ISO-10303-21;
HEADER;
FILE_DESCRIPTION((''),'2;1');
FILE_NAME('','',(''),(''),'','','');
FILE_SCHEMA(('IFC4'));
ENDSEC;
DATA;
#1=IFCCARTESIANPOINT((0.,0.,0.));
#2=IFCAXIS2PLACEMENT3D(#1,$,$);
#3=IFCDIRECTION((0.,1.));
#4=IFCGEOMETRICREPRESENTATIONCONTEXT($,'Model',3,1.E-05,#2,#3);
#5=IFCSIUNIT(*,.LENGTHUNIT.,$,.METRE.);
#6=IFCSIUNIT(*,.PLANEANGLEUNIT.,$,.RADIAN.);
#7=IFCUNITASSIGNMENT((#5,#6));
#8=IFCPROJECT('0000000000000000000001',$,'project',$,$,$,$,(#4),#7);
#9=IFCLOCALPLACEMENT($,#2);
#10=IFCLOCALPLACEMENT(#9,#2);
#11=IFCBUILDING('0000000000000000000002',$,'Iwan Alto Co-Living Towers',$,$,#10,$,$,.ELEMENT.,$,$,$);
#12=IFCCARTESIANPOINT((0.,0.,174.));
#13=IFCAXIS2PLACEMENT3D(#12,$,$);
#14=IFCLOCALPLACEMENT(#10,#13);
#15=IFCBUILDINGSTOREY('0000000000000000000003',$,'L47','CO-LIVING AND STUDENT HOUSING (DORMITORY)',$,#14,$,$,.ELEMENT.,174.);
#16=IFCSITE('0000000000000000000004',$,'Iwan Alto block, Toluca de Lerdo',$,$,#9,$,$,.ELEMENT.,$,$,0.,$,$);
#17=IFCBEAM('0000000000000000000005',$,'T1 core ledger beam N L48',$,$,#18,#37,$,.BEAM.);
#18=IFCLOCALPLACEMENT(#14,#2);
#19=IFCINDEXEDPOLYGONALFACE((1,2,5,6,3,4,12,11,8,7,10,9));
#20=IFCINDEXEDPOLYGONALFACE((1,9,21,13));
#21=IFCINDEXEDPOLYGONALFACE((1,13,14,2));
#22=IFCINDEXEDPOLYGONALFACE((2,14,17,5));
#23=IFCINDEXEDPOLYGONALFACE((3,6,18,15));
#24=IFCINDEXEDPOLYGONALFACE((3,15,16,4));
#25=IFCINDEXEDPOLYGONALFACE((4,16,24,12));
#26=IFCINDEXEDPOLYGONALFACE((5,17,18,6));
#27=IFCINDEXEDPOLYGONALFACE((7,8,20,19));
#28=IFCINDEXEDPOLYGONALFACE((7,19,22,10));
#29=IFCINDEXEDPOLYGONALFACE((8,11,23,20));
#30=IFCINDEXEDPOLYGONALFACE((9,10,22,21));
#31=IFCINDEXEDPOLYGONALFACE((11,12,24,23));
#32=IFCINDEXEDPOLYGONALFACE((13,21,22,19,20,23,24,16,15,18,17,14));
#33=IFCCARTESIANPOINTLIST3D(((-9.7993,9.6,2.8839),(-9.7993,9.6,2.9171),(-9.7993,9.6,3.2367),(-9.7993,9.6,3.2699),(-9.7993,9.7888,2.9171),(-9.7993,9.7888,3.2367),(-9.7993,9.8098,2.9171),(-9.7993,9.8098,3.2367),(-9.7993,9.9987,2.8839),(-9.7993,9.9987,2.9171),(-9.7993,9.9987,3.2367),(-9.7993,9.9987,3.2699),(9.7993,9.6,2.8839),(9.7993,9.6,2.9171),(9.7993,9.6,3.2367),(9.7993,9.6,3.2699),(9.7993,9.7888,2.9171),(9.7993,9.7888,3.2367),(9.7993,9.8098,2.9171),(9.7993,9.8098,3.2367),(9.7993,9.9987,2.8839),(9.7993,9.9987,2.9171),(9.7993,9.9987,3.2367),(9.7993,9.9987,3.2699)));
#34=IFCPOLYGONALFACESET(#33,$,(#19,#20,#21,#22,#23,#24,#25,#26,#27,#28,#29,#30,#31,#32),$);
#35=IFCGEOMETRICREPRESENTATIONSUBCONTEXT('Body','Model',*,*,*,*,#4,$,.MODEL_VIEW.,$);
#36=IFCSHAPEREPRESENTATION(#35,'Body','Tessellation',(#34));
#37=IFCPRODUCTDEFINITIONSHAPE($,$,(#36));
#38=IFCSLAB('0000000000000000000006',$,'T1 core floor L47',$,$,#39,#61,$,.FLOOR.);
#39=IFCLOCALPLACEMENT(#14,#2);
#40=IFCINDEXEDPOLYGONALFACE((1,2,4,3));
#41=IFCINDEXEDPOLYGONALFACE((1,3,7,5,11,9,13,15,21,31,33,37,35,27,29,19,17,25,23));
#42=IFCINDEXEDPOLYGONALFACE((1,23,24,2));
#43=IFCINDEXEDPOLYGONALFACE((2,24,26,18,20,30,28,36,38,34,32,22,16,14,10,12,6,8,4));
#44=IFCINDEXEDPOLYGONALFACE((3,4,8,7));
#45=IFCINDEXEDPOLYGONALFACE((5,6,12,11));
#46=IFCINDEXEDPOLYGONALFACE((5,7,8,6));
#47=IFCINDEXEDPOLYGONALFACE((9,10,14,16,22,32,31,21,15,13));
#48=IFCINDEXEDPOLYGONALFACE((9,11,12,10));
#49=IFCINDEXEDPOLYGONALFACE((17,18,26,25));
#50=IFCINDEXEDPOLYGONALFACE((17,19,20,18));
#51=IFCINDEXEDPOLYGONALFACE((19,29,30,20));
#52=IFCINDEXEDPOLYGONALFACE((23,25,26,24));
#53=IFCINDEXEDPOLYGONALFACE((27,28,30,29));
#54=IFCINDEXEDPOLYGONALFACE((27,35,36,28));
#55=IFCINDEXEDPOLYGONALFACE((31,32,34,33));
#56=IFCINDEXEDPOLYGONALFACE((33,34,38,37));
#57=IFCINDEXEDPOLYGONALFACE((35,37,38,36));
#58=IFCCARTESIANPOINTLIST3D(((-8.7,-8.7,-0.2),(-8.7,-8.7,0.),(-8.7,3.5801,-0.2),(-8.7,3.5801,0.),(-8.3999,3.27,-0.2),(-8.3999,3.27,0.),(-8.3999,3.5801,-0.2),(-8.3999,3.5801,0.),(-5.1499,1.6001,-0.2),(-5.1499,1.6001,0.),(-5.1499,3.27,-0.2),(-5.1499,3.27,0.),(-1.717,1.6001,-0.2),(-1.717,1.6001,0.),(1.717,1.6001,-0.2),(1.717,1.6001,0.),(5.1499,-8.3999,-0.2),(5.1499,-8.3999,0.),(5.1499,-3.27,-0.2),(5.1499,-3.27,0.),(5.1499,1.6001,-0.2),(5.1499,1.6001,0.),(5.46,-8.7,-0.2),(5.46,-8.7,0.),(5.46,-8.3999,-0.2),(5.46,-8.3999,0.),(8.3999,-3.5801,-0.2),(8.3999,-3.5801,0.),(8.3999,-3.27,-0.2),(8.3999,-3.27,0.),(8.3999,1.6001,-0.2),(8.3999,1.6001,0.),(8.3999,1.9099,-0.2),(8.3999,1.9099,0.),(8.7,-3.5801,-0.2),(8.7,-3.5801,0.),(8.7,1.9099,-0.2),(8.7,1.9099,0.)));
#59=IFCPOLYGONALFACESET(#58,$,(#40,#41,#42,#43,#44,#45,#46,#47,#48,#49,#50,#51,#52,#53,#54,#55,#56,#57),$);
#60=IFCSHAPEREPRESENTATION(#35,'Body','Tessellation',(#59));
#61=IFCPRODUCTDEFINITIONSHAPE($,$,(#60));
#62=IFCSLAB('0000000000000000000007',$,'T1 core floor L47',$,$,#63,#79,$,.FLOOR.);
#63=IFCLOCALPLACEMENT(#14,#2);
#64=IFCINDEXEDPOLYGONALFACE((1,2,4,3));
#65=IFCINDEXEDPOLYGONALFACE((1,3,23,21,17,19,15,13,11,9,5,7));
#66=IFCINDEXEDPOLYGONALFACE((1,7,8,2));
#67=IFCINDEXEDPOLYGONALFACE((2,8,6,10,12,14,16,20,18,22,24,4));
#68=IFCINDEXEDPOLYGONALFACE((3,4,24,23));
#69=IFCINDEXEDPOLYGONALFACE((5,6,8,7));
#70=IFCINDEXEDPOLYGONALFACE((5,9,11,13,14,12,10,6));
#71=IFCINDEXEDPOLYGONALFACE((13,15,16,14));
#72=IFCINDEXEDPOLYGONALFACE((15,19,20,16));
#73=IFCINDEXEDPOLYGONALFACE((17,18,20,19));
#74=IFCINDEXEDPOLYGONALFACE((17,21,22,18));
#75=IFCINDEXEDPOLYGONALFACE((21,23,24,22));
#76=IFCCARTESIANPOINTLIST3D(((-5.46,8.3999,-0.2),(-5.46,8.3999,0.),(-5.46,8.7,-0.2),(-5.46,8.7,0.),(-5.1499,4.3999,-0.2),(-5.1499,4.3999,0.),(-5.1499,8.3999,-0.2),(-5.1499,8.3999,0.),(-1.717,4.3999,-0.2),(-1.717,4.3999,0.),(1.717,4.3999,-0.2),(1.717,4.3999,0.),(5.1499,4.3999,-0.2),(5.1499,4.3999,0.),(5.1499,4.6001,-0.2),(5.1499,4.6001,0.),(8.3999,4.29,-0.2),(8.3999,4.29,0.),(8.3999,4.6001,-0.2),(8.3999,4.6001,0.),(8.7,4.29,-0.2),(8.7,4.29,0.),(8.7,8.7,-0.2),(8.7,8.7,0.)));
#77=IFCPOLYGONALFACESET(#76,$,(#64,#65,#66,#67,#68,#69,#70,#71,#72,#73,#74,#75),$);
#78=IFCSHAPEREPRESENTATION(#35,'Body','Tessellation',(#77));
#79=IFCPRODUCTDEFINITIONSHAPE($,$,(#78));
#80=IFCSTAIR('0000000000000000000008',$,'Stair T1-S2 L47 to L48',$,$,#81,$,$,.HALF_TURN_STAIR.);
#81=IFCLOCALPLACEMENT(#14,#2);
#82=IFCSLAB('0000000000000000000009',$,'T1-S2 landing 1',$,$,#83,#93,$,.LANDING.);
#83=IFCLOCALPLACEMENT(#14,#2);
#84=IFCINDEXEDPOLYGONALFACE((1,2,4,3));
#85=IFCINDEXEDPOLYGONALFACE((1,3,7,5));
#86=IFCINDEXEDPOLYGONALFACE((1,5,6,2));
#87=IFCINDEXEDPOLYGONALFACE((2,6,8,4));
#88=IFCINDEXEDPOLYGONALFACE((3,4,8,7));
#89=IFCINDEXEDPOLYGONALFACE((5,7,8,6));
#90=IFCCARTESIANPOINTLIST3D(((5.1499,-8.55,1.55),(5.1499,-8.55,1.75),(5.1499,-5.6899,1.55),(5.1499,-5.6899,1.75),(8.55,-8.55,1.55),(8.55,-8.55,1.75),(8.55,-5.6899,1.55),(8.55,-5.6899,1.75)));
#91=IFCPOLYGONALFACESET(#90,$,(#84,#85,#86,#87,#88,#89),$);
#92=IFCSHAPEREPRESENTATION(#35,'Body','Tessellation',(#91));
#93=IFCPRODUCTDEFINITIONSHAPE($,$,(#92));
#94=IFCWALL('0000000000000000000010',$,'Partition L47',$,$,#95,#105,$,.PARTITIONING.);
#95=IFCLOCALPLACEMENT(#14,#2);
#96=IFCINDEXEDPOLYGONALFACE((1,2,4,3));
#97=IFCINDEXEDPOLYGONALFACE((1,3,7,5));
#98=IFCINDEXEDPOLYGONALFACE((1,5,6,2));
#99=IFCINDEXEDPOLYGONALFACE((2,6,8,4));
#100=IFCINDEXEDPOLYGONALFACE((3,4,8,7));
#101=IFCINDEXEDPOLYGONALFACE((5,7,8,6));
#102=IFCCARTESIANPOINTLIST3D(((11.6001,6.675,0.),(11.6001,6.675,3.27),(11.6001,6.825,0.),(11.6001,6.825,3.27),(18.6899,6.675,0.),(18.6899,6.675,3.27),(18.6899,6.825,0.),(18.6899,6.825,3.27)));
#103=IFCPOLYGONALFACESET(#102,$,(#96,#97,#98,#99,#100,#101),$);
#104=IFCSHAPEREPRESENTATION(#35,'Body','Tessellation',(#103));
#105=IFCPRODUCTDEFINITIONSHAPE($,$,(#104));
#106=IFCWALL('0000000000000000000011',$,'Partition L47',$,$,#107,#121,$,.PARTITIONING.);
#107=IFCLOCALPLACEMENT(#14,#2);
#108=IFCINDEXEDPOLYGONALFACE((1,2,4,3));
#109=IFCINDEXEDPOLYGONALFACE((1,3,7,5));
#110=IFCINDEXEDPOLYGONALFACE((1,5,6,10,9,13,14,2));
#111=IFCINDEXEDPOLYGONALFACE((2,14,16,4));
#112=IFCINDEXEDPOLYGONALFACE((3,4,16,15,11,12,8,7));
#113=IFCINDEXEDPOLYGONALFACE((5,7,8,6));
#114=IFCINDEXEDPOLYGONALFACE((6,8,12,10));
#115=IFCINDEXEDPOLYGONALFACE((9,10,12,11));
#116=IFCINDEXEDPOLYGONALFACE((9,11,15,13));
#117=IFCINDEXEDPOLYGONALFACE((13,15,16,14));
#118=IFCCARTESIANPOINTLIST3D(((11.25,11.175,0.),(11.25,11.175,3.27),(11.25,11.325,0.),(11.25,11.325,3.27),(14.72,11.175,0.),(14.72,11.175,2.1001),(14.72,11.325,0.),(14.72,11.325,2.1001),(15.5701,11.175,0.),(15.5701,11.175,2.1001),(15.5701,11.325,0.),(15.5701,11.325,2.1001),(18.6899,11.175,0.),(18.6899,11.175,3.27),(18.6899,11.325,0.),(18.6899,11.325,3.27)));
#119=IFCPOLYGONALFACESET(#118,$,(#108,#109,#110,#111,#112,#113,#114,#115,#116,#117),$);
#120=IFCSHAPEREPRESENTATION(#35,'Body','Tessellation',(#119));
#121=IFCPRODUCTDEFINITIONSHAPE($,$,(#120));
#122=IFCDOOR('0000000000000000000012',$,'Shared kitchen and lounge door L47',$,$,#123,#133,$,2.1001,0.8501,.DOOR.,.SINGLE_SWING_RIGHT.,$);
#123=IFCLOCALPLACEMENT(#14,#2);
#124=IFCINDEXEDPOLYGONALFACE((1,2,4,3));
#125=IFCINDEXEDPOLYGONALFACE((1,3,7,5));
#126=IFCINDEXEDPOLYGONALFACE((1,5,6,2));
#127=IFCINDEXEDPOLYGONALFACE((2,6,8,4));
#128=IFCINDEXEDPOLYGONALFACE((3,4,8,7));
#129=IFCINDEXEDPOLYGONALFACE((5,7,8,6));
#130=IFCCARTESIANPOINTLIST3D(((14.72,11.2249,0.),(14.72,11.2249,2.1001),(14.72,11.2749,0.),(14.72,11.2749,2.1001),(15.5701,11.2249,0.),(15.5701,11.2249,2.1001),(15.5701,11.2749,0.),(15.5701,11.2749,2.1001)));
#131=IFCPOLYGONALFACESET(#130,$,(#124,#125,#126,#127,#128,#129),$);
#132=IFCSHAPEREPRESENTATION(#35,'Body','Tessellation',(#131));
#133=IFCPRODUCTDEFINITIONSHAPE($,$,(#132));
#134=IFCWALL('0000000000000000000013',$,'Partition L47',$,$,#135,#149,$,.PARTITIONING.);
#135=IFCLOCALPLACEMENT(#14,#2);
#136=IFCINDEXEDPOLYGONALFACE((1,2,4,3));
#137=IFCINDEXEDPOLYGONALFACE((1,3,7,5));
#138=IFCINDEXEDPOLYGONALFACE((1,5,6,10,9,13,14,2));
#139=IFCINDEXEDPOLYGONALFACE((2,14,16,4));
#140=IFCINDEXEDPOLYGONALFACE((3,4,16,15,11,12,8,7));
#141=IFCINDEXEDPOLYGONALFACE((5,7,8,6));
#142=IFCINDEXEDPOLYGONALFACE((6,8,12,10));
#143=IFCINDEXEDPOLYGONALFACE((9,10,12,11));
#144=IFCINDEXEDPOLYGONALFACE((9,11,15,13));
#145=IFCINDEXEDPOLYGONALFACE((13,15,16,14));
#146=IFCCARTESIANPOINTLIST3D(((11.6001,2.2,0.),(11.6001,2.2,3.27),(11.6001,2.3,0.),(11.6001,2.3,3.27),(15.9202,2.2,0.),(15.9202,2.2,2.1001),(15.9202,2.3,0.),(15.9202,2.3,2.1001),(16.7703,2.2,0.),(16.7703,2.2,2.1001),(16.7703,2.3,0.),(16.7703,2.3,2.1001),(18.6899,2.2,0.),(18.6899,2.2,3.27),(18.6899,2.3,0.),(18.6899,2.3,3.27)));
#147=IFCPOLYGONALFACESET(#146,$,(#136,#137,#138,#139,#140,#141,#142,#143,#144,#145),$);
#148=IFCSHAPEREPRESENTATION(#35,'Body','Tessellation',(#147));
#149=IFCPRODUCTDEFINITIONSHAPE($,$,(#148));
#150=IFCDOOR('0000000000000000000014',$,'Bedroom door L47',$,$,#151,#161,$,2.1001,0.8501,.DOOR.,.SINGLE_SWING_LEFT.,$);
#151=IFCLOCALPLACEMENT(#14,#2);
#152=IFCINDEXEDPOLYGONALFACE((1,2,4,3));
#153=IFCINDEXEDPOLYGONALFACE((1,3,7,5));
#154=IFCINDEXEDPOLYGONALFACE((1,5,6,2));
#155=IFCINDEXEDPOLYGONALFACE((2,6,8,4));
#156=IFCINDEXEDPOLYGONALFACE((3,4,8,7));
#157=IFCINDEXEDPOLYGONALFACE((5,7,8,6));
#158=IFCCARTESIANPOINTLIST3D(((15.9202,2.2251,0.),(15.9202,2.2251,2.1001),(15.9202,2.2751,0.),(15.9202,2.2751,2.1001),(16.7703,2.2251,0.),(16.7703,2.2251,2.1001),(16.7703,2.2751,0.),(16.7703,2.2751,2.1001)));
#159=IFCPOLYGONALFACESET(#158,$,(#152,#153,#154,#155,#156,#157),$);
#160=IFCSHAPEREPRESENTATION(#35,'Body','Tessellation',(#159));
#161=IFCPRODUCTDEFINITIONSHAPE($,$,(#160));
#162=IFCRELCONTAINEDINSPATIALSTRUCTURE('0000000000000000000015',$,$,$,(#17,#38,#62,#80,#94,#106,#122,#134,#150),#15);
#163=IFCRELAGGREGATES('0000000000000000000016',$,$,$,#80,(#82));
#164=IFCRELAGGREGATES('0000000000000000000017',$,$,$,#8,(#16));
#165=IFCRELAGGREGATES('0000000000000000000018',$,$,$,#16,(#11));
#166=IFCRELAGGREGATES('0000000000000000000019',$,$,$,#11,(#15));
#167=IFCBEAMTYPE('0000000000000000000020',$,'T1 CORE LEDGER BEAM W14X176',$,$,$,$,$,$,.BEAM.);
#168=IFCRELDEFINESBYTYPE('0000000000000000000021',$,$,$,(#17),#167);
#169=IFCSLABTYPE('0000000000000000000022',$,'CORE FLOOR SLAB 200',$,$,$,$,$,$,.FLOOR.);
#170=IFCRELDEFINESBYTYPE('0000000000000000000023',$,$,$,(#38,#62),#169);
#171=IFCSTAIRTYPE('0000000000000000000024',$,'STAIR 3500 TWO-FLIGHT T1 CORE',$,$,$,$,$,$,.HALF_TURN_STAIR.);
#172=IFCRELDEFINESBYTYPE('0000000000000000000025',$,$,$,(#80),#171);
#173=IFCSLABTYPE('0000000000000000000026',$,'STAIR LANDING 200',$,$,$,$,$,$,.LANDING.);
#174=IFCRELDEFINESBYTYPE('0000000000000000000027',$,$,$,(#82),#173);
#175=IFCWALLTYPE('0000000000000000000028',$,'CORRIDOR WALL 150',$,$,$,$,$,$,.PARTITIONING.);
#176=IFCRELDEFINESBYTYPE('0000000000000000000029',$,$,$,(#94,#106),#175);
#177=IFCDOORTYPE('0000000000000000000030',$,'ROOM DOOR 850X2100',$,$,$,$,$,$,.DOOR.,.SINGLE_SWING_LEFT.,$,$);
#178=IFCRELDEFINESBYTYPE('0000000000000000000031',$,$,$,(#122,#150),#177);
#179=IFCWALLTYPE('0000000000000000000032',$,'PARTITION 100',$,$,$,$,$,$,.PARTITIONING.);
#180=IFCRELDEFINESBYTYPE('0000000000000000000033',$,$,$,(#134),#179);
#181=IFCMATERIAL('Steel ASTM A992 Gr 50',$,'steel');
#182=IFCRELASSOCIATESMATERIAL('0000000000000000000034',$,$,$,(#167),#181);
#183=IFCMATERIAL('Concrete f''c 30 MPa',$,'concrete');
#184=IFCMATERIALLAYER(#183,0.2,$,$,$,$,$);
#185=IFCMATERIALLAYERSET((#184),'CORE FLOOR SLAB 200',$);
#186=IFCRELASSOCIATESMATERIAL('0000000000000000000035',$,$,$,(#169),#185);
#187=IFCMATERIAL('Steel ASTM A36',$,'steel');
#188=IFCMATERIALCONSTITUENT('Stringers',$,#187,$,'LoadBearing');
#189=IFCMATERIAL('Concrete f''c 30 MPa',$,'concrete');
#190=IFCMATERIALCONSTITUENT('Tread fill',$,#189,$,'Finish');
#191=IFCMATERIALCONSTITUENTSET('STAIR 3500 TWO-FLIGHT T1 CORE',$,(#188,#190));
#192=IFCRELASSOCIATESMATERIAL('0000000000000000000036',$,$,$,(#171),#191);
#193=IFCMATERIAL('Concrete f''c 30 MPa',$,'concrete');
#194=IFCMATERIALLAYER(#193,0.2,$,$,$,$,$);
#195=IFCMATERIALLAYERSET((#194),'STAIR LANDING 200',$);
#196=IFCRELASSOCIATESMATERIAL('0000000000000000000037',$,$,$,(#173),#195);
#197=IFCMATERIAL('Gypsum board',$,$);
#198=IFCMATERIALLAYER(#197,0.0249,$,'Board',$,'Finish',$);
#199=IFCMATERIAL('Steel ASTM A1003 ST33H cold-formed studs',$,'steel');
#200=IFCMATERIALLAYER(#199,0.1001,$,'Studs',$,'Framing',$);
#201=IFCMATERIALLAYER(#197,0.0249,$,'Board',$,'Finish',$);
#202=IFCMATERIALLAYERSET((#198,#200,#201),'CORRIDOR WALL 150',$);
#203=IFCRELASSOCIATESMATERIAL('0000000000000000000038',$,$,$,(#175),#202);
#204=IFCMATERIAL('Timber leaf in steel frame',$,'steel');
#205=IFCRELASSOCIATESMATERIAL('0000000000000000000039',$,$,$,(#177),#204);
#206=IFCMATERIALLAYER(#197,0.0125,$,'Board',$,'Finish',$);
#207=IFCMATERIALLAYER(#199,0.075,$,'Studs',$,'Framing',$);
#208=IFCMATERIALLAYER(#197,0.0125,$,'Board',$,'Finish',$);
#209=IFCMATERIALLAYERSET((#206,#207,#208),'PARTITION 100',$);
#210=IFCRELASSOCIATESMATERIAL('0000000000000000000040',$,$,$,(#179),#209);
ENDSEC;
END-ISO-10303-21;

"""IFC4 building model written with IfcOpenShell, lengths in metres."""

from ifc_helpers import new_model, si_unit, direction, frame, frame_2d, origin, origin_2d, place, context, subcontext, project, spatial, polyline, rectangle, i_section, outline, extrude, material, layer, layer_set, constituent, constituent_set, material_profile, profile_set, type_object, element, fill, aggregate, save


model = new_model("IFC4")

# Units and contexts
model_context = context("Model", 3, precision=1e-05, world=origin(), true_north=direction((0.0, 1.0)))
body_context = subcontext(model_context, "Body", "Model", "MODEL_VIEW")
ifc_project = project(units=[si_unit("LENGTHUNIT", "METRE"), si_unit("PLANEANGLEUNIT", "RADIAN")], contexts=[model_context])

# Site, building, storey
site_placement = place(None, origin())
site = spatial("IfcSite", under=ifc_project, at=site_placement, Name="Iwan Alto block, Toluca de Lerdo", CompositionType="ELEMENT", RefElevation=0.0)
building_placement = place(site_placement, origin())
building = spatial("IfcBuilding", under=site, at=building_placement, Name="Iwan Alto Co-Living Towers", CompositionType="ELEMENT")
storey_placement = place(building_placement, frame((0.0, 0.0, 174.0)))
storey = spatial("IfcBuildingStorey", under=building, at=storey_placement, Name="L47", Description="CO-LIVING AND STUDENT HOUSING (DORMITORY)", CompositionType="ELEMENT", Elevation=174.0)

# Beam
ifc_material_1 = material(Name="Steel ASTM A992 Gr 50", Category="steel")
ifc_material_profile = material_profile(ifc_material_1, i_section(OverallWidth=0.3987, OverallDepth=0.386, WebThickness=0.021, FlangeThickness=0.0332, at=origin_2d()), Name="W14X176")
ifc_profile_set = profile_set([ifc_material_profile], Name="Steel ASTM A992 Gr 50")
beam_type = type_object("IfcBeamType", Name="T1 CORE LEDGER BEAM W14X176", PredefinedType="BEAM", material=ifc_profile_set)
beam_placement = place(storey_placement, frame((9.7993, 9.7993, 3.0769), z_axis=(-1.0, 0.0, 0.0), x_axis=(0.0, -1.0, 0.0)))
element("IfcBeam", 1, at=beam_placement, inside=storey, type_object=beam_type, Name="T1 core ledger beam N L48", PredefinedType="BEAM", context=body_context, shape_type="SweptSolid", body=[
    extrude(i_section(OverallWidth=0.3987, OverallDepth=0.386, WebThickness=0.021, FlangeThickness=0.0332, at=origin_2d()), origin(), (0.0, 0.0, 1.0), 19.5986),
])

# Slabs
ifc_material_2 = material(Name="Concrete f'c 30 MPa", Category="concrete")
ifc_layer_1 = layer(ifc_material_2, 0.2)
ifc_layer_set_1 = layer_set([ifc_layer_1], Name="CORE FLOOR SLAB 200")
slab_type_1 = type_object("IfcSlabType", Name="CORE FLOOR SLAB 200", PredefinedType="FLOOR", material=ifc_layer_set_1)
slab_1_placement = place(storey_placement, frame((0.0, 0.0, -0.2)))
element("IfcSlab", 2, at=slab_1_placement, inside=storey, type_object=slab_type_1, Name="T1 core floor L47", PredefinedType="FLOOR", context=body_context, shape_type="SweptSolid", body=[
    extrude(outline(polyline([(5.1499, -8.3999), (5.46, -8.3999), (5.46, -8.7), (-8.7, -8.7), (-8.7, 3.5801), (-8.3999, 3.5801), (-8.3999, 3.27), (-5.1499, 3.27), (-5.1499, 1.6001), (-1.717, 1.6001), (1.717, 1.6001), (5.1499, 1.6001), (8.3999, 1.6001), (8.3999, 1.9099), (8.7, 1.9099), (8.7, -3.5801), (8.3999, -3.5801), (8.3999, -3.27), (5.1499, -3.27), (5.1499, -8.3999)])), origin(), (0.0, 0.0, 1.0), 0.2),
])
slab_2_placement = place(storey_placement, frame((0.0, 0.0, -0.2)))
element("IfcSlab", 3, at=slab_2_placement, inside=storey, type_object=slab_type_1, Name="T1 core floor L47", PredefinedType="FLOOR", context=body_context, shape_type="SweptSolid", body=[
    extrude(outline(polyline([(1.717, 4.3999), (-1.717, 4.3999), (-5.1499, 4.3999), (-5.1499, 8.3999), (-5.46, 8.3999), (-5.46, 8.7), (8.7, 8.7), (8.7, 4.29), (8.3999, 4.29), (8.3999, 4.6001), (5.1499, 4.6001), (5.1499, 4.3999), (1.717, 4.3999)])), origin(), (0.0, 0.0, 1.0), 0.2),
])

# Stair, slab
ifc_material_3 = material(Name="Steel ASTM A36", Category="steel")
ifc_constituent_1 = constituent(ifc_material_3, Name="Stringers", Category="LoadBearing")
ifc_material_4 = material(Name="Concrete f'c 30 MPa", Category="concrete")
ifc_constituent_2 = constituent(ifc_material_4, Name="Tread fill", Category="Finish")
ifc_constituent_set = constituent_set(constituents=[ifc_constituent_1, ifc_constituent_2], Name="STAIR 3500 TWO-FLIGHT T1 CORE")
stair_type = type_object("IfcStairType", Name="STAIR 3500 TWO-FLIGHT T1 CORE", PredefinedType="HALF_TURN_STAIR", material=ifc_constituent_set)
stair_placement = place(storey_placement, origin())
stair = element("IfcStair", 4, at=stair_placement, inside=storey, type_object=stair_type, Name="Stair T1-S2 L47 to L48", PredefinedType="HALF_TURN_STAIR")
ifc_material_5 = material(Name="Concrete f'c 30 MPa", Category="concrete")
ifc_layer_2 = layer(ifc_material_5, 0.2)
ifc_layer_set_2 = layer_set([ifc_layer_2], Name="STAIR LANDING 200")
slab_type_2 = type_object("IfcSlabType", Name="STAIR LANDING 200", PredefinedType="LANDING", material=ifc_layer_set_2)
slab_3_placement = place(storey_placement, frame((0.0, 0.0, 1.55)))
slab_3 = element("IfcSlab", 5, at=slab_3_placement, type_object=slab_type_2, Name="T1-S2 landing 1", PredefinedType="LANDING", context=body_context, shape_type="SweptSolid", body=[
    extrude(outline(polyline([(5.1499, -5.6899), (5.1499, -8.55), (8.55, -8.55), (8.55, -5.6899), (5.1499, -5.6899)])), origin(), (0.0, 0.0, 1.0), 0.2),
])
aggregate(stair, [slab_3])

# Wall
ifc_material_6 = material(Name="Gypsum board")
ifc_layer_3 = layer(ifc_material_6, 0.0249, Name="Board", Category="Finish")
ifc_material_7 = material(Name="Steel ASTM A1003 ST33H cold-formed studs", Category="steel")
ifc_layer_4 = layer(ifc_material_7, 0.1001, Name="Studs", Category="Framing")
ifc_layer_5 = layer(ifc_material_6, 0.0249, Name="Board", Category="Finish")
ifc_layer_set_3 = layer_set([ifc_layer_3, ifc_layer_4, ifc_layer_5], Name="CORRIDOR WALL 150")
wall_type_1 = type_object("IfcWallType", Name="CORRIDOR WALL 150", PredefinedType="PARTITIONING", material=ifc_layer_set_3)
wall_1_placement = place(storey_placement, frame((11.6001, 6.75, 0.0), z_axis=(0.0, 0.0, 1.0), x_axis=(1.0, 0.0, 0.0)))
element("IfcWall", 6, at=wall_1_placement, inside=storey, type_object=wall_type_1, Name="Partition L47", PredefinedType="PARTITIONING", context=body_context, shape_type="SweptSolid", body=[
    extrude(rectangle(XDim=7.0898, YDim=0.1499, at=frame_2d((3.5449, 0.0))), origin(), (0.0, 0.0, 1.0), 3.27),
])

# Walls, openings, doors
wall_2_placement = place(storey_placement, frame((11.25, 11.25, 0.0), z_axis=(0.0, 0.0, 1.0), x_axis=(1.0, 0.0, 0.0)))
wall_2 = element("IfcWall", 7, at=wall_2_placement, inside=storey, type_object=wall_type_1, Name="Partition L47", PredefinedType="PARTITIONING", context=body_context, shape_type="SweptSolid", body=[
    extrude(rectangle(XDim=7.4399, YDim=0.1499, at=frame_2d((3.72, 0.0))), origin(), (0.0, 0.0, 1.0), 3.27),
])
opening_1_placement = place(wall_2_placement, frame((3.47, 0.0, 0.0)))
opening_1 = element("IfcOpeningElement", 8, at=opening_1_placement, cuts=wall_2, PredefinedType="OPENING", context=body_context, shape_type="SweptSolid", body=[
    extrude(rectangle(XDim=0.8501, YDim=2.1001, at=frame_2d((0.425, 1.05))), frame((0.0, 0.085, 0.0), z_axis=(0.0, -1.0, 0.0), x_axis=(1.0, 0.0, 0.0)), (0.0, 0.0, 1.0), 0.1699),
])
ifc_material_8 = material(Name="Timber leaf in steel frame", Category="steel")
door_type_1 = type_object("IfcDoorType", Name="ROOM DOOR 850X2100", OperationType="SINGLE_SWING_LEFT", PredefinedType="DOOR", material=ifc_material_8)
door_1_placement = place(opening_1_placement, origin())
door_1 = element("IfcDoor", 9, at=door_1_placement, inside=storey, type_object=door_type_1, Name="Shared kitchen and lounge door L47", OperationType="SINGLE_SWING_RIGHT", OverallHeight=2.1001, OverallWidth=0.8501, PredefinedType="DOOR", context=body_context, shape_type="SweptSolid", body=[
    extrude(rectangle(XDim=0.8501, YDim=2.1001, at=frame_2d((0.425, 1.05))), frame((0.0, 0.0249, 0.0), z_axis=(0.0, -1.0, 0.0), x_axis=(1.0, 0.0, 0.0)), (0.0, 0.0, 1.0), 0.05),
])
fill(opening_1, door_1)
ifc_layer_6 = layer(ifc_material_6, 0.0125, Name="Board", Category="Finish")
ifc_layer_7 = layer(ifc_material_7, 0.075, Name="Studs", Category="Framing")
ifc_layer_8 = layer(ifc_material_6, 0.0125, Name="Board", Category="Finish")
ifc_layer_set_4 = layer_set([ifc_layer_6, ifc_layer_7, ifc_layer_8], Name="PARTITION 100")
wall_type_2 = type_object("IfcWallType", Name="PARTITION 100", PredefinedType="PARTITIONING", material=ifc_layer_set_4)
wall_3_placement = place(storey_placement, frame((11.6001, 2.25, 0.0), z_axis=(0.0, 0.0, 1.0), x_axis=(1.0, 0.0, 0.0)))
wall_3 = element("IfcWall", 10, at=wall_3_placement, inside=storey, type_object=wall_type_2, Name="Partition L47", PredefinedType="PARTITIONING", context=body_context, shape_type="SweptSolid", body=[
    extrude(rectangle(XDim=7.0898, YDim=0.1001, at=frame_2d((3.5449, 0.0))), origin(), (0.0, 0.0, 1.0), 3.27),
])
opening_2_placement = place(wall_3_placement, frame((4.3201, 0.0, 0.0)))
opening_2 = element("IfcOpeningElement", 11, at=opening_2_placement, cuts=wall_3, PredefinedType="OPENING", context=body_context, shape_type="SweptSolid", body=[
    extrude(rectangle(XDim=0.8501, YDim=2.1001, at=frame_2d((0.425, 1.05))), frame((0.0, 0.0601, 0.0), z_axis=(0.0, -1.0, 0.0), x_axis=(1.0, 0.0, 0.0)), (0.0, 0.0, 1.0), 0.1201),
])
door_2_placement = place(opening_2_placement, frame((0.8501, 0.0, 0.0), z_axis=(0.0, 0.0, 1.0), x_axis=(-1.0, 0.0, 0.0)))
door_2 = element("IfcDoor", 12, at=door_2_placement, inside=storey, type_object=door_type_1, Name="Bedroom door L47", OperationType="SINGLE_SWING_LEFT", OverallHeight=2.1001, OverallWidth=0.8501, PredefinedType="DOOR", context=body_context, shape_type="SweptSolid", body=[
    extrude(rectangle(XDim=0.8501, YDim=2.1001, at=frame_2d((0.425, 1.05))), frame((0.0, 0.0249, 0.0), z_axis=(0.0, -1.0, 0.0), x_axis=(1.0, 0.0, 0.0)), (0.0, 0.0, 1.0), 0.05),
])
fill(opening_2, door_2)

save(model, "model.ifc")
